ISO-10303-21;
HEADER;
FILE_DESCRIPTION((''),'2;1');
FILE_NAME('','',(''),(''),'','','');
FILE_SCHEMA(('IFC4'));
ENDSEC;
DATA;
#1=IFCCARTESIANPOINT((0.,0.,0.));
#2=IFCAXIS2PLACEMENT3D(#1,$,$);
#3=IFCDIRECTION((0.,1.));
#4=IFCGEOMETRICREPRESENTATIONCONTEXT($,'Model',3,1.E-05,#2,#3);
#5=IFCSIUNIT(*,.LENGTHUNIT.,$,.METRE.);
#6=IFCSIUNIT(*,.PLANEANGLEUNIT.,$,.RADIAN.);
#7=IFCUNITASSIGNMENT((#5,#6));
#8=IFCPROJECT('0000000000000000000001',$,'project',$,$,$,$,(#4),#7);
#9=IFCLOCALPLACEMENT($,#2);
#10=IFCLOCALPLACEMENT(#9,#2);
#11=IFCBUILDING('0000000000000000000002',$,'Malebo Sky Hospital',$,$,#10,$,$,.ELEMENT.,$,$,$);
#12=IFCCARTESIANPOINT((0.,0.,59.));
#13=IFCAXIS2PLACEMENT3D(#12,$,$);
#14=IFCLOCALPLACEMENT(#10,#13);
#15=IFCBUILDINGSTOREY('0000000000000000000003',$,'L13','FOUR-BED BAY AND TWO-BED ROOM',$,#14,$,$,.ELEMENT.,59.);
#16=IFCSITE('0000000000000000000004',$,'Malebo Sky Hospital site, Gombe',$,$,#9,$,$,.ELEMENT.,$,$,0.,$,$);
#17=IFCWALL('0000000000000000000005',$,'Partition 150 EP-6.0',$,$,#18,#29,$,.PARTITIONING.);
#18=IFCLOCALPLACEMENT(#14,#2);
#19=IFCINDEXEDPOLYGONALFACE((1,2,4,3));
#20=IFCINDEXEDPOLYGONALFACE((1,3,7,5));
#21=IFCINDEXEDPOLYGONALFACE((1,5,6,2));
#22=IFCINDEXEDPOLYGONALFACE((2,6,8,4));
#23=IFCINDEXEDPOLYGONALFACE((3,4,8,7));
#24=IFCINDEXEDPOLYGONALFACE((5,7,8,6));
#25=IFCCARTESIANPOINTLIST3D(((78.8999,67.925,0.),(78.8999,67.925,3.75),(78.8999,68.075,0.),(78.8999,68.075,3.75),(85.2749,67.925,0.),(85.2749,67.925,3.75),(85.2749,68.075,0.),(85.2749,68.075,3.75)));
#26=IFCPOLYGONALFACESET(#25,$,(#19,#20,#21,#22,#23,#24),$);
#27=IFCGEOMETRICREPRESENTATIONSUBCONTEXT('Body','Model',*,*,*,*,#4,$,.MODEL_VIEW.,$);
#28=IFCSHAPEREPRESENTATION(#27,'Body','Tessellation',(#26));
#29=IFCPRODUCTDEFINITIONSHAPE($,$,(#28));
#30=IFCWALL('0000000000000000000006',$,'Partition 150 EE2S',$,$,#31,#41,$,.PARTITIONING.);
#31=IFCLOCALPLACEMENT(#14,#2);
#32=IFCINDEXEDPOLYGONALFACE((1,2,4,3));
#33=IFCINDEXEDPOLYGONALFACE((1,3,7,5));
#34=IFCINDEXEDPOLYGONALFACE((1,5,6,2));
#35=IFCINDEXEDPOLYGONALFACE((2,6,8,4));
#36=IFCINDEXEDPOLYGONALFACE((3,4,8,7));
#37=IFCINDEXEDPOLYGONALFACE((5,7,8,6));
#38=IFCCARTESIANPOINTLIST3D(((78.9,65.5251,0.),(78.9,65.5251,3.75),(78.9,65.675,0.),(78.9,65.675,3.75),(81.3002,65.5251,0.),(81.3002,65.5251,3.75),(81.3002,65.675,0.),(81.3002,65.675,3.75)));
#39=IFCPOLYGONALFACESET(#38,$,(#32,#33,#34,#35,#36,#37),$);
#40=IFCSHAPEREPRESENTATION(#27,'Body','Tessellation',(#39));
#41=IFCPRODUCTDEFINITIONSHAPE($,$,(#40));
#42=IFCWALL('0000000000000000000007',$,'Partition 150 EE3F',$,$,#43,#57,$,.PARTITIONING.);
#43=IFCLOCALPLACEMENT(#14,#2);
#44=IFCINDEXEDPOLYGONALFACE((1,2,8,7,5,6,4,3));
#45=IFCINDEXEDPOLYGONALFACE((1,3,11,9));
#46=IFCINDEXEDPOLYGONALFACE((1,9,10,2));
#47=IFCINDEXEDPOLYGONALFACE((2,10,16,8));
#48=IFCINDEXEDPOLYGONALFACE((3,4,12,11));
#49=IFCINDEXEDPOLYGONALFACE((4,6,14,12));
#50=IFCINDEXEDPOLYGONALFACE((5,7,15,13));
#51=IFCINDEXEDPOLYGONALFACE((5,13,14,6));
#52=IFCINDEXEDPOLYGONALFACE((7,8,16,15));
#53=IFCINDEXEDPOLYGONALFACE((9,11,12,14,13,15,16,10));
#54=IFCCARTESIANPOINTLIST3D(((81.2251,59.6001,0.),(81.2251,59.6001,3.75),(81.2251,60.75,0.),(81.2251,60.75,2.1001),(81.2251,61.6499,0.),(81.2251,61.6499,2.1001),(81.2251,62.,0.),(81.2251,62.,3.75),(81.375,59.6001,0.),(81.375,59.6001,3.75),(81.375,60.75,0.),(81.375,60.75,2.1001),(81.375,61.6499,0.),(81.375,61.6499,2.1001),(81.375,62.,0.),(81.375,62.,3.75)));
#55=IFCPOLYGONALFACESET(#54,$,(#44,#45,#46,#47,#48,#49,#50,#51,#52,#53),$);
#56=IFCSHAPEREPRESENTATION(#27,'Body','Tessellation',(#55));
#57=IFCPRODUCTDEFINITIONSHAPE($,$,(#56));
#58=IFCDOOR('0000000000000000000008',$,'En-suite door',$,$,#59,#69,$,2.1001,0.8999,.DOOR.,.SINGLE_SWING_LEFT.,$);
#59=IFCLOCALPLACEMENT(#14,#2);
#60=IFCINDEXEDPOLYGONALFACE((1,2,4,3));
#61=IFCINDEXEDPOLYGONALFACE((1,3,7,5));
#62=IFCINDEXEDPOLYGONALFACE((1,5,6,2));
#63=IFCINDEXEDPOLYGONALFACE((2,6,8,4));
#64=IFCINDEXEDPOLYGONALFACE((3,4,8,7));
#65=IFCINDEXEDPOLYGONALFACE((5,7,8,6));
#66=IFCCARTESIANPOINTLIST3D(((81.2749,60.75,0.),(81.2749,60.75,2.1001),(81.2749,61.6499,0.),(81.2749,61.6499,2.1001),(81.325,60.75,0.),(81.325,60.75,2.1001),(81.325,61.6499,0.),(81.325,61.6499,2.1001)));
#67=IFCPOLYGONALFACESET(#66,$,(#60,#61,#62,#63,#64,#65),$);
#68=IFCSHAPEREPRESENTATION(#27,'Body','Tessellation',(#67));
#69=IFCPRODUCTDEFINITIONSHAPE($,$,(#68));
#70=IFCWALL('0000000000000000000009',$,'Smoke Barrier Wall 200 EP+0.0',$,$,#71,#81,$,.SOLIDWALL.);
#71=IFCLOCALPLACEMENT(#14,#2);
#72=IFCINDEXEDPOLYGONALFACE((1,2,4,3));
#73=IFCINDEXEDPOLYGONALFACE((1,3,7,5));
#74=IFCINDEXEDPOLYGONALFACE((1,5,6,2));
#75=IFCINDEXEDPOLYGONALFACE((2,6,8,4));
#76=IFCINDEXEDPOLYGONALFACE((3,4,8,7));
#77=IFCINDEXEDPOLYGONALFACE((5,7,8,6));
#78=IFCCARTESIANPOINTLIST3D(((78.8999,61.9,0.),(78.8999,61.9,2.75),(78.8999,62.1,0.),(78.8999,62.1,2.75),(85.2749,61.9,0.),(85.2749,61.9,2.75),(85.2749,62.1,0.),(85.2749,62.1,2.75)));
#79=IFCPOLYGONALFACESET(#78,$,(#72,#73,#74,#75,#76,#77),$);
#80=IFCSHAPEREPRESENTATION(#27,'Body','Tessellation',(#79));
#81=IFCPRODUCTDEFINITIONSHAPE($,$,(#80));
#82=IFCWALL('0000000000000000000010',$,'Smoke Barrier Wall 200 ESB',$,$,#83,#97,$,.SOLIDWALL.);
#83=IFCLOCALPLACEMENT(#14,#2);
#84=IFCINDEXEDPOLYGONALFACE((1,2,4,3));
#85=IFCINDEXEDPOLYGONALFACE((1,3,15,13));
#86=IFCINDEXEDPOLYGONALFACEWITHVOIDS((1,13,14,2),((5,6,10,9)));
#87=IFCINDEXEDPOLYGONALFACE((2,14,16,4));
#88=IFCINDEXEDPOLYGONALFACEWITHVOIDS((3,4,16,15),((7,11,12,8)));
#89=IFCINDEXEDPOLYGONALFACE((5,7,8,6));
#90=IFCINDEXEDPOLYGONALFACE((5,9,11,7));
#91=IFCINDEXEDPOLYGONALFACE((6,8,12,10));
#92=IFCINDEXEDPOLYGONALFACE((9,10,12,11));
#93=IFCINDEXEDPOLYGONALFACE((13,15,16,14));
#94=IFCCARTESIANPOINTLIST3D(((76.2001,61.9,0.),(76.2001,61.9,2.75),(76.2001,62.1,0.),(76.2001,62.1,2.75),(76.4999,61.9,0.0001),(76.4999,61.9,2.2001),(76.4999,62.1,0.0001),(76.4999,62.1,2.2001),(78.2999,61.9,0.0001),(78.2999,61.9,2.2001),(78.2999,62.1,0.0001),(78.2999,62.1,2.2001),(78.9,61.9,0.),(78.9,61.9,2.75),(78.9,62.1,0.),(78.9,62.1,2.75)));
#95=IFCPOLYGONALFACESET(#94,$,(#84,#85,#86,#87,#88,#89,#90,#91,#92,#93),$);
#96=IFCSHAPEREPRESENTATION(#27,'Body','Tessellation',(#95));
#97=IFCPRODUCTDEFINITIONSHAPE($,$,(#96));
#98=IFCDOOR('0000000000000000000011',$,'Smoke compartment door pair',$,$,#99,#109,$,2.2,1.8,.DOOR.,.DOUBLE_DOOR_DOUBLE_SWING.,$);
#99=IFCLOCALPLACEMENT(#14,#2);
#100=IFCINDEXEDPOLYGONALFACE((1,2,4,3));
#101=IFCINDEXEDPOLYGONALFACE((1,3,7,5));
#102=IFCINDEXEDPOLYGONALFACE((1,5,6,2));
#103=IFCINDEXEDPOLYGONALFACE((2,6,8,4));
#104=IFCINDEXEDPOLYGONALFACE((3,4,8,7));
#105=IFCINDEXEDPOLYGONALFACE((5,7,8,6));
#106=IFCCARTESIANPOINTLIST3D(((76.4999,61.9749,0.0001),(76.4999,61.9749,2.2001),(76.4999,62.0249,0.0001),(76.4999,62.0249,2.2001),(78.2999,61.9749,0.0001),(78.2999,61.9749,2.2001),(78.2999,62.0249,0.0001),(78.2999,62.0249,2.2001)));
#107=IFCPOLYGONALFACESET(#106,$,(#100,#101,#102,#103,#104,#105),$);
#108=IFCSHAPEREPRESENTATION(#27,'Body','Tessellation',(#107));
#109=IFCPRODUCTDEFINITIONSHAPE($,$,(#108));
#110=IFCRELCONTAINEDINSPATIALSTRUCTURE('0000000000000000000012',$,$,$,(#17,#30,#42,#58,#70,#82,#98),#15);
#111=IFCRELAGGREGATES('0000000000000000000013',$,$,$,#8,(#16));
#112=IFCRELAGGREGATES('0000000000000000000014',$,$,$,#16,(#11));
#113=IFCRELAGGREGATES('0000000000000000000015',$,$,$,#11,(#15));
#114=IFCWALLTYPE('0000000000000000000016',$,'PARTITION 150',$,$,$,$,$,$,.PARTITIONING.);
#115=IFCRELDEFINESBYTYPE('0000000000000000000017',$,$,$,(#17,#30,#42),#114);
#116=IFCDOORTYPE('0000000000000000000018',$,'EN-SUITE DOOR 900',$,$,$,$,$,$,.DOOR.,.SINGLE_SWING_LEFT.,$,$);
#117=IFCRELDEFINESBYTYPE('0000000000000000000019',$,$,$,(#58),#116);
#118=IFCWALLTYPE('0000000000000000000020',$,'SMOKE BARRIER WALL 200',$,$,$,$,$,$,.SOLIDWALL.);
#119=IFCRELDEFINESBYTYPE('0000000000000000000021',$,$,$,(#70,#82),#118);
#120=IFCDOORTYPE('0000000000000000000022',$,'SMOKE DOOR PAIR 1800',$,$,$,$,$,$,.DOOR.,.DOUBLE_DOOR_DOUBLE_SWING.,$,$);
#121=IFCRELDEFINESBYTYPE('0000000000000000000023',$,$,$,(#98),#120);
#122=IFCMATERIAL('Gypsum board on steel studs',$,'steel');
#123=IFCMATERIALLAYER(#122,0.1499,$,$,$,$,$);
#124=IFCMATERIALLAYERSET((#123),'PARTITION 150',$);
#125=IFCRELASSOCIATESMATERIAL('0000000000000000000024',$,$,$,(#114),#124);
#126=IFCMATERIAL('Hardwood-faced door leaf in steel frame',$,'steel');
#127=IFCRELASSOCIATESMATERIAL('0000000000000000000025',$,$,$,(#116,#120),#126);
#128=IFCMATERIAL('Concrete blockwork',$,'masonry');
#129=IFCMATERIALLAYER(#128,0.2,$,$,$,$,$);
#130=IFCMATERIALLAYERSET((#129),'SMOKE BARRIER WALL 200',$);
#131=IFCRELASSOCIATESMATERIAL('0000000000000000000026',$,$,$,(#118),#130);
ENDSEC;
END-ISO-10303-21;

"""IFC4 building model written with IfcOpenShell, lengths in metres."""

from ifc_helpers import new_model, si_unit, direction, frame, frame_2d, origin, place, context, subcontext, project, spatial, rectangle, extrude, material, layer, layer_set, type_object, element, fill, save


model = new_model("IFC4")

# Units and contexts
model_context = context("Model", 3, precision=1e-05, world=origin(), true_north=direction((0.0, 1.0)))
body_context = subcontext(model_context, "Body", "Model", "MODEL_VIEW")
ifc_project = project(units=[si_unit("LENGTHUNIT", "METRE"), si_unit("PLANEANGLEUNIT", "RADIAN")], contexts=[model_context])

# Site, building, storey
site_placement = place(None, origin())
site = spatial("IfcSite", under=ifc_project, at=site_placement, Name="Malebo Sky Hospital site, Gombe", CompositionType="ELEMENT", RefElevation=0.0)
building_placement = place(site_placement, origin())
building = spatial("IfcBuilding", under=site, at=building_placement, Name="Malebo Sky Hospital", CompositionType="ELEMENT")
storey_placement = place(building_placement, frame((0.0, 0.0, 59.0)))
storey = spatial("IfcBuildingStorey", under=building, at=storey_placement, Name="L13", Description="FOUR-BED BAY AND TWO-BED ROOM", CompositionType="ELEMENT", Elevation=59.0)

# Shared definitions
ifc_material_1 = material(Name="Gypsum board on steel studs", Category="steel")
ifc_material_2 = material(Name="Hardwood-faced door leaf in steel frame", Category="steel")

# Walls
ifc_layer_1 = layer(ifc_material_1, 0.1499)
ifc_layer_set_1 = layer_set([ifc_layer_1], Name="PARTITION 150")
wall_type_1 = type_object("IfcWallType", Name="PARTITION 150", PredefinedType="PARTITIONING", material=ifc_layer_set_1)
wall_1_placement = place(storey_placement, frame((78.8999, 68.0, 0.0), z_axis=(0.0, 0.0, 1.0), x_axis=(1.0, 0.0, 0.0)))
element("IfcWall", 1, at=wall_1_placement, inside=storey, type_object=wall_type_1, Name="Partition 150 EP-6.0", PredefinedType="PARTITIONING", context=body_context, shape_type="SweptSolid", body=[
    extrude(rectangle(XDim=6.375, YDim=0.1499, at=frame_2d((3.1875, 0.0))), origin(), (0.0, 0.0, 1.0), 3.75),
])
wall_2_placement = place(storey_placement, frame((78.8999, 65.6001, 0.0), z_axis=(0.0, 0.0, 1.0), x_axis=(1.0, 0.0, 0.0)))
element("IfcWall", 2, at=wall_2_placement, inside=storey, type_object=wall_type_1, Name="Partition 150 EE2S", PredefinedType="PARTITIONING", context=body_context, shape_type="SweptSolid", body=[
    extrude(rectangle(XDim=2.4001, YDim=0.1499, at=frame_2d((1.2002, 0.0))), origin(), (0.0, 0.0, 1.0), 3.75),
])

# Wall, opening, door
wall_3_placement = place(storey_placement, frame((81.3, 62.0, 0.0), z_axis=(0.0, 0.0, 1.0), x_axis=(0.0, -1.0, 0.0)))
wall_3 = element("IfcWall", 3, at=wall_3_placement, inside=storey, type_object=wall_type_1, Name="Partition 150 EE3F", PredefinedType="PARTITIONING", context=body_context, shape_type="SweptSolid", body=[
    extrude(rectangle(XDim=2.3999, YDim=0.1499, at=frame_2d((1.2, 0.0))), origin(), (0.0, 0.0, 1.0), 3.75),
])
opening_1_placement = place(wall_3_placement, frame((0.3501, 0.0, 0.0)))
opening_1 = element("IfcOpeningElement", 4, at=opening_1_placement, cuts=wall_3, PredefinedType="OPENING", context=body_context, shape_type="SweptSolid", body=[
    extrude(rectangle(XDim=0.8999, YDim=2.1001, at=frame_2d((0.45, 1.05))), frame((0.0, 0.085, 0.0), z_axis=(0.0, -1.0, 0.0), x_axis=(1.0, 0.0, 0.0)), (0.0, 0.0, 1.0), 0.1699),
])
door_type_1 = type_object("IfcDoorType", Name="EN-SUITE DOOR 900", OperationType="SINGLE_SWING_LEFT", PredefinedType="DOOR", material=ifc_material_2)
door_1_placement = place(opening_1_placement, origin())
door_1 = element("IfcDoor", 5, at=door_1_placement, inside=storey, type_object=door_type_1, Name="En-suite door", OperationType="SINGLE_SWING_LEFT", OverallHeight=2.1001, OverallWidth=0.8999, PredefinedType="DOOR", context=body_context, shape_type="SweptSolid", body=[
    extrude(rectangle(XDim=0.8999, YDim=2.1001, at=frame_2d((0.45, 1.05))), frame((0.0, 0.0249, 0.0), z_axis=(0.0, -1.0, 0.0), x_axis=(1.0, 0.0, 0.0)), (0.0, 0.0, 1.0), 0.05),
])
fill(opening_1, door_1)

# Wall
ifc_material_3 = material(Name="Concrete blockwork", Category="masonry")
ifc_layer_2 = layer(ifc_material_3, 0.2)
ifc_layer_set_2 = layer_set([ifc_layer_2], Name="SMOKE BARRIER WALL 200")
wall_type_2 = type_object("IfcWallType", Name="SMOKE BARRIER WALL 200", PredefinedType="SOLIDWALL", material=ifc_layer_set_2)
wall_4_placement = place(storey_placement, frame((78.8999, 62.0, 0.0), z_axis=(0.0, 0.0, 1.0), x_axis=(1.0, 0.0, 0.0)))
element("IfcWall", 6, at=wall_4_placement, inside=storey, type_object=wall_type_2, Name="Smoke Barrier Wall 200 EP+0.0", PredefinedType="SOLIDWALL", context=body_context, shape_type="SweptSolid", body=[
    extrude(rectangle(XDim=6.375, YDim=0.2, at=frame_2d((3.1875, 0.0))), origin(), (0.0, 0.0, 1.0), 2.75),
])

# Wall, opening, door
wall_5_placement = place(storey_placement, frame((76.2, 62.0, 0.0), z_axis=(0.0, 0.0, 1.0), x_axis=(1.0, 0.0, 0.0)))
wall_5 = element("IfcWall", 7, at=wall_5_placement, inside=storey, type_object=wall_type_2, Name="Smoke Barrier Wall 200 ESB", PredefinedType="SOLIDWALL", context=body_context, shape_type="SweptSolid", body=[
    extrude(rectangle(XDim=2.7, YDim=0.2, at=frame_2d((1.3501, 0.0))), origin(), (0.0, 0.0, 1.0), 2.75),
])
opening_2_placement = place(wall_5_placement, frame((0.3, 0.0, 0.0)))
opening_2 = element("IfcOpeningElement", 8, at=opening_2_placement, cuts=wall_5, PredefinedType="OPENING", context=body_context, shape_type="SweptSolid", body=[
    extrude(rectangle(XDim=1.8, YDim=2.2, at=frame_2d((0.8999, 1.1001))), frame((0.0, 0.1099, 0.0), z_axis=(0.0, -1.0, 0.0), x_axis=(1.0, 0.0, 0.0)), (0.0, 0.0, 1.0), 0.22),
])
door_type_2 = type_object("IfcDoorType", Name="SMOKE DOOR PAIR 1800", OperationType="DOUBLE_DOOR_DOUBLE_SWING", PredefinedType="DOOR", material=ifc_material_2)
door_2_placement = place(opening_2_placement, origin())
door_2 = element("IfcDoor", 9, at=door_2_placement, inside=storey, type_object=door_type_2, Name="Smoke compartment door pair", OperationType="DOUBLE_DOOR_DOUBLE_SWING", OverallHeight=2.2, OverallWidth=1.8, PredefinedType="DOOR", context=body_context, shape_type="SweptSolid", body=[
    extrude(rectangle(XDim=1.8, YDim=2.2, at=frame_2d((0.8999, 1.1001))), frame((0.0, 0.0249, 0.0), z_axis=(0.0, -1.0, 0.0), x_axis=(1.0, 0.0, 0.0)), (0.0, 0.0, 1.0), 0.05),
])
fill(opening_2, door_2)

save(model, "model.ifc")
